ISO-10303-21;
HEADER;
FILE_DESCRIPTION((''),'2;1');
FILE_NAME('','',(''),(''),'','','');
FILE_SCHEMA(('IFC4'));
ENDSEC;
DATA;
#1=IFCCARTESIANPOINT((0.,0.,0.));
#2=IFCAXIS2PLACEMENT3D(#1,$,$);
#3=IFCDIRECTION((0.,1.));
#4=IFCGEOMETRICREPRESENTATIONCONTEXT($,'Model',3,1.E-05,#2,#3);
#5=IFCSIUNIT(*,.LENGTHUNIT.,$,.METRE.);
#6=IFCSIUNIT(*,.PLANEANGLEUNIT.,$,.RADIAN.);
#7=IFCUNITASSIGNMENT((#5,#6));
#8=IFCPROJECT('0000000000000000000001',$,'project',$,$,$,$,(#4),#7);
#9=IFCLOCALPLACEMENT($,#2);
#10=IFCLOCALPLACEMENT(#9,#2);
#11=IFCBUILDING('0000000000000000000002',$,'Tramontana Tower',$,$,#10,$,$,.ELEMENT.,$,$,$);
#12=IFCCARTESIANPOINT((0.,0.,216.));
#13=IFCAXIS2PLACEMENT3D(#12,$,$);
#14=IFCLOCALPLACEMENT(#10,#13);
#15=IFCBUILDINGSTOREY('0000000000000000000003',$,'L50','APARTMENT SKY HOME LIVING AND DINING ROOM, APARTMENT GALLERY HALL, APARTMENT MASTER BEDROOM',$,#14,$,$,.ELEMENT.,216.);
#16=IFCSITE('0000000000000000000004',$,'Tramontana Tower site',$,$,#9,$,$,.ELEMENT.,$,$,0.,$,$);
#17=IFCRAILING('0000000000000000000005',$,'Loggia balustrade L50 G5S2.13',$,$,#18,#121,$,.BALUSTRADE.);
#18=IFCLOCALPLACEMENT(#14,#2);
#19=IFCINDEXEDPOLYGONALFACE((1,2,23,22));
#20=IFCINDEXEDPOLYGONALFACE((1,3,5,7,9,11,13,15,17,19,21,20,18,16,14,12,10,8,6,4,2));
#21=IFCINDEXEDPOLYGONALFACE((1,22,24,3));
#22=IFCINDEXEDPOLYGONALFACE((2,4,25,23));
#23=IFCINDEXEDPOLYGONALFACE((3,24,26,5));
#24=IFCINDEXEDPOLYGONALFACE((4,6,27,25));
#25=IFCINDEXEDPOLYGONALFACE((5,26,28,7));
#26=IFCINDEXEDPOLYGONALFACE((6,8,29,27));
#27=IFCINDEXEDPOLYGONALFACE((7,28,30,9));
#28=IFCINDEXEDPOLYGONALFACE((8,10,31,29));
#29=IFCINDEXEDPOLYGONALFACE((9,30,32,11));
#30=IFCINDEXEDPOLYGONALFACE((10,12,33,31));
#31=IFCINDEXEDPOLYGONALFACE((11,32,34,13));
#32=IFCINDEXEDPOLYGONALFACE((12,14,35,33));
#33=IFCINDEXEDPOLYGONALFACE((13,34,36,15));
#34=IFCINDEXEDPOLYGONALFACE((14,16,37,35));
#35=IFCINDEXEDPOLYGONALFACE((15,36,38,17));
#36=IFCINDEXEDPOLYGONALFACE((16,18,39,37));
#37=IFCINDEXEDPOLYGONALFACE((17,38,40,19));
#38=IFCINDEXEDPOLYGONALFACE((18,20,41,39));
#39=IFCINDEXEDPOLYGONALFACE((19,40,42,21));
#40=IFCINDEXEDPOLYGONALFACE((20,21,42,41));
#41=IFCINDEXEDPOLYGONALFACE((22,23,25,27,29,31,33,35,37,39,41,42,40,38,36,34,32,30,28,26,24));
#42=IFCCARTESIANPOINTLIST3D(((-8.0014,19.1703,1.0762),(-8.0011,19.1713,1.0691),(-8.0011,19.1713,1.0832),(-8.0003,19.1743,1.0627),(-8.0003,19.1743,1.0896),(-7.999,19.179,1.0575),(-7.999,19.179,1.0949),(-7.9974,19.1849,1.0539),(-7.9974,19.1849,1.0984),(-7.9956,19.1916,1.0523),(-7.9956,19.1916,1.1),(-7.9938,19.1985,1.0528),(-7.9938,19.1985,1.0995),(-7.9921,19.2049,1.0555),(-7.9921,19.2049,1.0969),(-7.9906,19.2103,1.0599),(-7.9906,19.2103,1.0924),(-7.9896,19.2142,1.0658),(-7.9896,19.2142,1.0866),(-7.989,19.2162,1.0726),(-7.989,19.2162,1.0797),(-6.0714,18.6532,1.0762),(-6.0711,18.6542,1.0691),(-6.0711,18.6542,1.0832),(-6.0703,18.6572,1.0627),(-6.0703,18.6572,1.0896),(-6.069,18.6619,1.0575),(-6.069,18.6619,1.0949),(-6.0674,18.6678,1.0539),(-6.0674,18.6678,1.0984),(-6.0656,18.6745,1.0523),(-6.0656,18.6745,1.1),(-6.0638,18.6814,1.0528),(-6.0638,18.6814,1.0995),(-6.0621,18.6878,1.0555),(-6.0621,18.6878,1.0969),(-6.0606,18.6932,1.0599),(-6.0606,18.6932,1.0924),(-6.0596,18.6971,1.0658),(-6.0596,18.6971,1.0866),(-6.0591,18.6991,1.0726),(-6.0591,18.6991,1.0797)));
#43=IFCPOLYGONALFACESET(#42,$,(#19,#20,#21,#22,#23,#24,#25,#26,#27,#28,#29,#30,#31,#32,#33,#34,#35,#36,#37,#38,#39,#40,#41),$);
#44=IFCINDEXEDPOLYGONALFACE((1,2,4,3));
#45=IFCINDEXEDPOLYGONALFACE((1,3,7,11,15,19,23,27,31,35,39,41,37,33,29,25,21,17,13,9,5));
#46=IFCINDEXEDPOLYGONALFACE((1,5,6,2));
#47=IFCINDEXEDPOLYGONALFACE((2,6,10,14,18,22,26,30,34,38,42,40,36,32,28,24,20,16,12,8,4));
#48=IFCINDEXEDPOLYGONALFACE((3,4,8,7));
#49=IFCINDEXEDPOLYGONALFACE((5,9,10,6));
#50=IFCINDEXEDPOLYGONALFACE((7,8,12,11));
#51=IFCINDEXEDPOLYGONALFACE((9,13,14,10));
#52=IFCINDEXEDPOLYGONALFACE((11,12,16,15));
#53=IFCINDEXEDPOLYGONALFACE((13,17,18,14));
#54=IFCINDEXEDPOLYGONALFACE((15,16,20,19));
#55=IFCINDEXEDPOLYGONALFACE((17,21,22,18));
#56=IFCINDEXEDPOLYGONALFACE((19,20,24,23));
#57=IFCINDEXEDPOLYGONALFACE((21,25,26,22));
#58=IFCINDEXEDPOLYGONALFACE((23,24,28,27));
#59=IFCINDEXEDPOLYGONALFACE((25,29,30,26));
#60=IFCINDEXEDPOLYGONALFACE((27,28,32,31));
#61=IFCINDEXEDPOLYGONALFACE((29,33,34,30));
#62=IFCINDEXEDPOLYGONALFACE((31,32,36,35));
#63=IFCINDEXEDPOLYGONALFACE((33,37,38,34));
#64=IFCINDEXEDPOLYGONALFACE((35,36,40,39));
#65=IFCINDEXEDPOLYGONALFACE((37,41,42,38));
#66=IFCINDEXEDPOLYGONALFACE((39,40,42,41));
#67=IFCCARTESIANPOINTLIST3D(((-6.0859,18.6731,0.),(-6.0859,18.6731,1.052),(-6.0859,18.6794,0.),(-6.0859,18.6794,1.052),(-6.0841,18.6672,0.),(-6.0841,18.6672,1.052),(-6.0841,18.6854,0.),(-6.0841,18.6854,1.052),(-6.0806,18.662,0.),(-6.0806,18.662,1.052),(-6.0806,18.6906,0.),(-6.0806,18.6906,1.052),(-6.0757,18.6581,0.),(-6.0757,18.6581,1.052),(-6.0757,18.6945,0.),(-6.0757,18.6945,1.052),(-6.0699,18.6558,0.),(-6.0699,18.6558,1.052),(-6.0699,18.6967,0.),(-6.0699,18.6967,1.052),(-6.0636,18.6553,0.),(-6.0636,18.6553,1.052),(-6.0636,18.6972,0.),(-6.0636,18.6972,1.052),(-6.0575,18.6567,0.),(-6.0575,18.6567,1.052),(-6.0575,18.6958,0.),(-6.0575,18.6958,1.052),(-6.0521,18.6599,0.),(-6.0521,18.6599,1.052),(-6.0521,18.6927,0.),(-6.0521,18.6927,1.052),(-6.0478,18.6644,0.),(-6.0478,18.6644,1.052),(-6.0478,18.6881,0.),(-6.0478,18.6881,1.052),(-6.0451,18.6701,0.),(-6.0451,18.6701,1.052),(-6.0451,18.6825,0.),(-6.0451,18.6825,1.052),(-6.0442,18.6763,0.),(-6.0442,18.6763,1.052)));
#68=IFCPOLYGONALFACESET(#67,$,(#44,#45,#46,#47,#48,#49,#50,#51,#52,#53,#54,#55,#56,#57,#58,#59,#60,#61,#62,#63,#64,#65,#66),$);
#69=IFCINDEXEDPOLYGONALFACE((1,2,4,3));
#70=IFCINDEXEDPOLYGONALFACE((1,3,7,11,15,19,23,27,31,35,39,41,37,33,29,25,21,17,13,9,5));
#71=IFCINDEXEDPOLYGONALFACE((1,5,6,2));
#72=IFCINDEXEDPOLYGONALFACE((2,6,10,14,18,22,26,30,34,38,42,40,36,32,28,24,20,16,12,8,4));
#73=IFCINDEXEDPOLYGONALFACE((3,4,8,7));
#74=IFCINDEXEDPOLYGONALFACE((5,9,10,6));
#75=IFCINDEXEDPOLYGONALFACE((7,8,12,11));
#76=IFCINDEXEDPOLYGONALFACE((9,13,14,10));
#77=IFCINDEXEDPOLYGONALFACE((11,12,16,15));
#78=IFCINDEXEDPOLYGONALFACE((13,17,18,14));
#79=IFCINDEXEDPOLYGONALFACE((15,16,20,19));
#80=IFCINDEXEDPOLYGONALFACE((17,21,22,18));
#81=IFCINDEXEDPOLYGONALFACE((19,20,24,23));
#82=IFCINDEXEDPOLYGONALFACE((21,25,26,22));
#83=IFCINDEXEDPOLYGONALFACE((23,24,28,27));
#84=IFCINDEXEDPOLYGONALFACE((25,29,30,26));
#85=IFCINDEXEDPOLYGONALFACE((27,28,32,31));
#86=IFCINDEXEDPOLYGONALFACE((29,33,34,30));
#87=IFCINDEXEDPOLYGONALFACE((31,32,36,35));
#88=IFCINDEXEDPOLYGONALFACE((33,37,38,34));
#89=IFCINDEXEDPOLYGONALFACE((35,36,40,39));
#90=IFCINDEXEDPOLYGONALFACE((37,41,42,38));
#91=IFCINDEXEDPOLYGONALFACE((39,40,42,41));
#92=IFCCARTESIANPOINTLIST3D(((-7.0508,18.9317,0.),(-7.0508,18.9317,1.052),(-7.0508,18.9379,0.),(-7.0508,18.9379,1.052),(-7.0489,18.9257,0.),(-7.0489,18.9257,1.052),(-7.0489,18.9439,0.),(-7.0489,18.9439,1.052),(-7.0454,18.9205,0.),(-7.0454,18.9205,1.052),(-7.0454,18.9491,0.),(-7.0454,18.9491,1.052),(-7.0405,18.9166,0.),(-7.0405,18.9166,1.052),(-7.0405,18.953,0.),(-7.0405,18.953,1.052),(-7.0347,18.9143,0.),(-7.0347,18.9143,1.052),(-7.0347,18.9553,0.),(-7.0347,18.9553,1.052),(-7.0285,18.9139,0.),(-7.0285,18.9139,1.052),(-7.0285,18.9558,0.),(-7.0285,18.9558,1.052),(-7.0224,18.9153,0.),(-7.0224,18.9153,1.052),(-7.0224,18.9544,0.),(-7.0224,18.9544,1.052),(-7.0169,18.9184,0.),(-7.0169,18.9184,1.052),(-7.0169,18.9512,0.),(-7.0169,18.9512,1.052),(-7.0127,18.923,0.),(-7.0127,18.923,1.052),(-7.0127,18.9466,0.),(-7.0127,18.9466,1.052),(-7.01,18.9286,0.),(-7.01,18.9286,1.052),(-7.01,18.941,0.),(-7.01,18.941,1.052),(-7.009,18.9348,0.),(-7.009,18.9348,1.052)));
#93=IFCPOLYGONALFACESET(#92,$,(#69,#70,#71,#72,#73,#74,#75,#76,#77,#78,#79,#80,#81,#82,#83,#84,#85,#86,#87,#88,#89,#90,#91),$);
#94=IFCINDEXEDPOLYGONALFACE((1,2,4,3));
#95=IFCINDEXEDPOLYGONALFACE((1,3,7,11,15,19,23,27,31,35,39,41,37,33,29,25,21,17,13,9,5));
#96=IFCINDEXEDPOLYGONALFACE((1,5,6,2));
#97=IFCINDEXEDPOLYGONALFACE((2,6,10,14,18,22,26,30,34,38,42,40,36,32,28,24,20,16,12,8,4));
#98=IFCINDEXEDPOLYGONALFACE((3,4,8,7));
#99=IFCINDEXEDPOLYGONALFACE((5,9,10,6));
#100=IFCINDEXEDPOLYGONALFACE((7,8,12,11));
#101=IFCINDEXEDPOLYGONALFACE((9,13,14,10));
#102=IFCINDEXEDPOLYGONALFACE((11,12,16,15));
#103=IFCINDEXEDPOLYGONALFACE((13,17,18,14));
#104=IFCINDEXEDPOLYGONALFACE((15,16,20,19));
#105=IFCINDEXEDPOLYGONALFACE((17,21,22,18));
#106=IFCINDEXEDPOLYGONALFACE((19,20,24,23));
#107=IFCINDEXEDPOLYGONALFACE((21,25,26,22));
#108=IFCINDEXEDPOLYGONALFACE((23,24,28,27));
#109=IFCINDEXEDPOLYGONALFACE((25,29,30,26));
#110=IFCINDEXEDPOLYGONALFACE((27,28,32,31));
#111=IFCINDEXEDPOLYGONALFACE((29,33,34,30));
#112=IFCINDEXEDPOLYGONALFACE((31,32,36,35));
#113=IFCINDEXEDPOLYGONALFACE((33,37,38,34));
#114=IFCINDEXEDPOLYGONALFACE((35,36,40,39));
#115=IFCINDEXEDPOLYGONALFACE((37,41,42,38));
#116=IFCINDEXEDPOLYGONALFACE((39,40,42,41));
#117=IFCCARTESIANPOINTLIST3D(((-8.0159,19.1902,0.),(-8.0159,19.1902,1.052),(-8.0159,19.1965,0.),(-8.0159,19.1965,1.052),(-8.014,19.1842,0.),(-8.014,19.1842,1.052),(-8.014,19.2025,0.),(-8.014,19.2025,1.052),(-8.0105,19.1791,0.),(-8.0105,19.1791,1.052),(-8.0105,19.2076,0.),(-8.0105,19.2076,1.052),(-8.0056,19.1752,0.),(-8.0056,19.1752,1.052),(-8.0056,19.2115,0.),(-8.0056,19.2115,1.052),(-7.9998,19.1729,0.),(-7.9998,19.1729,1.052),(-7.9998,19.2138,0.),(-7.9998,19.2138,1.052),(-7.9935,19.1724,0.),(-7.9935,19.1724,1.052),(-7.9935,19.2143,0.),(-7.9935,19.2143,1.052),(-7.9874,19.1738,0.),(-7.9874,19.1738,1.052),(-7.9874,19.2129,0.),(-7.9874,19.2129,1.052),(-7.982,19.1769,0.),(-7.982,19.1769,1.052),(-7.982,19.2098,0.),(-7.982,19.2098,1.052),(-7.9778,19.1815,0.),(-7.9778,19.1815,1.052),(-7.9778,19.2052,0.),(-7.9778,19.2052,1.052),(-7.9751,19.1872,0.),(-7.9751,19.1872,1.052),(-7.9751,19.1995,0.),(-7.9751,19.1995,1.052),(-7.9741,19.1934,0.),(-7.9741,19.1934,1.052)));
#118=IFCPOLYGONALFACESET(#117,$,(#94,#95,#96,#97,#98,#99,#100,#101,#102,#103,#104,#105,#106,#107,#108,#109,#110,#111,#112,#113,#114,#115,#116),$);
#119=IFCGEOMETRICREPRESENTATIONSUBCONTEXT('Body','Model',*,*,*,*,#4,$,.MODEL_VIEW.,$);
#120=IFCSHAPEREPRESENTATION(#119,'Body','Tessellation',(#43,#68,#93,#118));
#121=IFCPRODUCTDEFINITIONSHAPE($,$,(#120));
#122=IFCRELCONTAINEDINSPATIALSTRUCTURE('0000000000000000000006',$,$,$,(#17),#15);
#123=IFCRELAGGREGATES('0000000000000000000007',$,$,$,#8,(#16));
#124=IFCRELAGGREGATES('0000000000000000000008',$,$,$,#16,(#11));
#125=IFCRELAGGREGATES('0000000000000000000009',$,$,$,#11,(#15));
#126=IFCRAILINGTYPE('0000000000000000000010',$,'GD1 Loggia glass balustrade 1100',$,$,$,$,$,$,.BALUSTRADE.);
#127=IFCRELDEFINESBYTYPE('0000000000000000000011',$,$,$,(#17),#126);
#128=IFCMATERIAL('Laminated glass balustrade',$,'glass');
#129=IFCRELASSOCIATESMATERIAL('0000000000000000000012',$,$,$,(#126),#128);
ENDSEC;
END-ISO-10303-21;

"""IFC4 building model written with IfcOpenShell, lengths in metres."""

from ifc_helpers import new_model, si_unit, direction, frame, origin, origin_2d, place, context, subcontext, project, spatial, circle, extrude, material, type_object, element, save


model = new_model("IFC4")

# Units and contexts
model_context = context("Model", 3, precision=1e-05, world=origin(), true_north=direction((0.0, 1.0)))
body_context = subcontext(model_context, "Body", "Model", "MODEL_VIEW")
ifc_project = project(units=[si_unit("LENGTHUNIT", "METRE"), si_unit("PLANEANGLEUNIT", "RADIAN")], contexts=[model_context])

# Site, building, storey
site_placement = place(None, origin())
site = spatial("IfcSite", under=ifc_project, at=site_placement, Name="Tramontana Tower site", CompositionType="ELEMENT", RefElevation=0.0)
building_placement = place(site_placement, origin())
building = spatial("IfcBuilding", under=site, at=building_placement, Name="Tramontana Tower", CompositionType="ELEMENT")
storey_placement = place(building_placement, frame((0.0, 0.0, 216.0)))
storey = spatial("IfcBuildingStorey", under=building, at=storey_placement, Name="L50", Description="APARTMENT SKY HOME LIVING AND DINING ROOM, APARTMENT GALLERY HALL, APARTMENT MASTER BEDROOM", CompositionType="ELEMENT", Elevation=216.0)

# Railing
ifc_material_1 = material(Name="Laminated glass balustrade", Category="glass")
railing_type = type_object("IfcRailingType", Name="GD1 Loggia glass balustrade 1100", PredefinedType="BALUSTRADE", material=ifc_material_1)
railing_placement = place(storey_placement, frame((-6.0652, 18.6763, 0.0)))
element("IfcRailing", 1, at=railing_placement, inside=storey, type_object=railing_type, Name="Loggia balustrade L50 G5S2.13", PredefinedType="BALUSTRADE", context=body_context, shape_type="SweptSolid", body=[
    extrude(circle(Radius=0.0239, at=origin_2d()), frame((0.0, 0.0, 1.0762), z_axis=(-0.96593, 0.258803, 0.0), x_axis=(-0.258803, -0.96593, 0.0)), (0.0, 0.0, 1.0), 1.998),
    extrude(circle(Radius=0.021, at=origin_2d()), origin(), (0.0, 0.0, 1.0), 1.052),
    extrude(circle(Radius=0.021, at=origin_2d()), frame((-0.9648, 0.2585, 0.0)), (0.0, 0.0, 1.0), 1.052),
    extrude(circle(Radius=0.021, at=origin_2d()), frame((-1.9299, 0.5171, 0.0)), (0.0, 0.0, 1.0), 1.052),
])

save(model, "model.ifc")
